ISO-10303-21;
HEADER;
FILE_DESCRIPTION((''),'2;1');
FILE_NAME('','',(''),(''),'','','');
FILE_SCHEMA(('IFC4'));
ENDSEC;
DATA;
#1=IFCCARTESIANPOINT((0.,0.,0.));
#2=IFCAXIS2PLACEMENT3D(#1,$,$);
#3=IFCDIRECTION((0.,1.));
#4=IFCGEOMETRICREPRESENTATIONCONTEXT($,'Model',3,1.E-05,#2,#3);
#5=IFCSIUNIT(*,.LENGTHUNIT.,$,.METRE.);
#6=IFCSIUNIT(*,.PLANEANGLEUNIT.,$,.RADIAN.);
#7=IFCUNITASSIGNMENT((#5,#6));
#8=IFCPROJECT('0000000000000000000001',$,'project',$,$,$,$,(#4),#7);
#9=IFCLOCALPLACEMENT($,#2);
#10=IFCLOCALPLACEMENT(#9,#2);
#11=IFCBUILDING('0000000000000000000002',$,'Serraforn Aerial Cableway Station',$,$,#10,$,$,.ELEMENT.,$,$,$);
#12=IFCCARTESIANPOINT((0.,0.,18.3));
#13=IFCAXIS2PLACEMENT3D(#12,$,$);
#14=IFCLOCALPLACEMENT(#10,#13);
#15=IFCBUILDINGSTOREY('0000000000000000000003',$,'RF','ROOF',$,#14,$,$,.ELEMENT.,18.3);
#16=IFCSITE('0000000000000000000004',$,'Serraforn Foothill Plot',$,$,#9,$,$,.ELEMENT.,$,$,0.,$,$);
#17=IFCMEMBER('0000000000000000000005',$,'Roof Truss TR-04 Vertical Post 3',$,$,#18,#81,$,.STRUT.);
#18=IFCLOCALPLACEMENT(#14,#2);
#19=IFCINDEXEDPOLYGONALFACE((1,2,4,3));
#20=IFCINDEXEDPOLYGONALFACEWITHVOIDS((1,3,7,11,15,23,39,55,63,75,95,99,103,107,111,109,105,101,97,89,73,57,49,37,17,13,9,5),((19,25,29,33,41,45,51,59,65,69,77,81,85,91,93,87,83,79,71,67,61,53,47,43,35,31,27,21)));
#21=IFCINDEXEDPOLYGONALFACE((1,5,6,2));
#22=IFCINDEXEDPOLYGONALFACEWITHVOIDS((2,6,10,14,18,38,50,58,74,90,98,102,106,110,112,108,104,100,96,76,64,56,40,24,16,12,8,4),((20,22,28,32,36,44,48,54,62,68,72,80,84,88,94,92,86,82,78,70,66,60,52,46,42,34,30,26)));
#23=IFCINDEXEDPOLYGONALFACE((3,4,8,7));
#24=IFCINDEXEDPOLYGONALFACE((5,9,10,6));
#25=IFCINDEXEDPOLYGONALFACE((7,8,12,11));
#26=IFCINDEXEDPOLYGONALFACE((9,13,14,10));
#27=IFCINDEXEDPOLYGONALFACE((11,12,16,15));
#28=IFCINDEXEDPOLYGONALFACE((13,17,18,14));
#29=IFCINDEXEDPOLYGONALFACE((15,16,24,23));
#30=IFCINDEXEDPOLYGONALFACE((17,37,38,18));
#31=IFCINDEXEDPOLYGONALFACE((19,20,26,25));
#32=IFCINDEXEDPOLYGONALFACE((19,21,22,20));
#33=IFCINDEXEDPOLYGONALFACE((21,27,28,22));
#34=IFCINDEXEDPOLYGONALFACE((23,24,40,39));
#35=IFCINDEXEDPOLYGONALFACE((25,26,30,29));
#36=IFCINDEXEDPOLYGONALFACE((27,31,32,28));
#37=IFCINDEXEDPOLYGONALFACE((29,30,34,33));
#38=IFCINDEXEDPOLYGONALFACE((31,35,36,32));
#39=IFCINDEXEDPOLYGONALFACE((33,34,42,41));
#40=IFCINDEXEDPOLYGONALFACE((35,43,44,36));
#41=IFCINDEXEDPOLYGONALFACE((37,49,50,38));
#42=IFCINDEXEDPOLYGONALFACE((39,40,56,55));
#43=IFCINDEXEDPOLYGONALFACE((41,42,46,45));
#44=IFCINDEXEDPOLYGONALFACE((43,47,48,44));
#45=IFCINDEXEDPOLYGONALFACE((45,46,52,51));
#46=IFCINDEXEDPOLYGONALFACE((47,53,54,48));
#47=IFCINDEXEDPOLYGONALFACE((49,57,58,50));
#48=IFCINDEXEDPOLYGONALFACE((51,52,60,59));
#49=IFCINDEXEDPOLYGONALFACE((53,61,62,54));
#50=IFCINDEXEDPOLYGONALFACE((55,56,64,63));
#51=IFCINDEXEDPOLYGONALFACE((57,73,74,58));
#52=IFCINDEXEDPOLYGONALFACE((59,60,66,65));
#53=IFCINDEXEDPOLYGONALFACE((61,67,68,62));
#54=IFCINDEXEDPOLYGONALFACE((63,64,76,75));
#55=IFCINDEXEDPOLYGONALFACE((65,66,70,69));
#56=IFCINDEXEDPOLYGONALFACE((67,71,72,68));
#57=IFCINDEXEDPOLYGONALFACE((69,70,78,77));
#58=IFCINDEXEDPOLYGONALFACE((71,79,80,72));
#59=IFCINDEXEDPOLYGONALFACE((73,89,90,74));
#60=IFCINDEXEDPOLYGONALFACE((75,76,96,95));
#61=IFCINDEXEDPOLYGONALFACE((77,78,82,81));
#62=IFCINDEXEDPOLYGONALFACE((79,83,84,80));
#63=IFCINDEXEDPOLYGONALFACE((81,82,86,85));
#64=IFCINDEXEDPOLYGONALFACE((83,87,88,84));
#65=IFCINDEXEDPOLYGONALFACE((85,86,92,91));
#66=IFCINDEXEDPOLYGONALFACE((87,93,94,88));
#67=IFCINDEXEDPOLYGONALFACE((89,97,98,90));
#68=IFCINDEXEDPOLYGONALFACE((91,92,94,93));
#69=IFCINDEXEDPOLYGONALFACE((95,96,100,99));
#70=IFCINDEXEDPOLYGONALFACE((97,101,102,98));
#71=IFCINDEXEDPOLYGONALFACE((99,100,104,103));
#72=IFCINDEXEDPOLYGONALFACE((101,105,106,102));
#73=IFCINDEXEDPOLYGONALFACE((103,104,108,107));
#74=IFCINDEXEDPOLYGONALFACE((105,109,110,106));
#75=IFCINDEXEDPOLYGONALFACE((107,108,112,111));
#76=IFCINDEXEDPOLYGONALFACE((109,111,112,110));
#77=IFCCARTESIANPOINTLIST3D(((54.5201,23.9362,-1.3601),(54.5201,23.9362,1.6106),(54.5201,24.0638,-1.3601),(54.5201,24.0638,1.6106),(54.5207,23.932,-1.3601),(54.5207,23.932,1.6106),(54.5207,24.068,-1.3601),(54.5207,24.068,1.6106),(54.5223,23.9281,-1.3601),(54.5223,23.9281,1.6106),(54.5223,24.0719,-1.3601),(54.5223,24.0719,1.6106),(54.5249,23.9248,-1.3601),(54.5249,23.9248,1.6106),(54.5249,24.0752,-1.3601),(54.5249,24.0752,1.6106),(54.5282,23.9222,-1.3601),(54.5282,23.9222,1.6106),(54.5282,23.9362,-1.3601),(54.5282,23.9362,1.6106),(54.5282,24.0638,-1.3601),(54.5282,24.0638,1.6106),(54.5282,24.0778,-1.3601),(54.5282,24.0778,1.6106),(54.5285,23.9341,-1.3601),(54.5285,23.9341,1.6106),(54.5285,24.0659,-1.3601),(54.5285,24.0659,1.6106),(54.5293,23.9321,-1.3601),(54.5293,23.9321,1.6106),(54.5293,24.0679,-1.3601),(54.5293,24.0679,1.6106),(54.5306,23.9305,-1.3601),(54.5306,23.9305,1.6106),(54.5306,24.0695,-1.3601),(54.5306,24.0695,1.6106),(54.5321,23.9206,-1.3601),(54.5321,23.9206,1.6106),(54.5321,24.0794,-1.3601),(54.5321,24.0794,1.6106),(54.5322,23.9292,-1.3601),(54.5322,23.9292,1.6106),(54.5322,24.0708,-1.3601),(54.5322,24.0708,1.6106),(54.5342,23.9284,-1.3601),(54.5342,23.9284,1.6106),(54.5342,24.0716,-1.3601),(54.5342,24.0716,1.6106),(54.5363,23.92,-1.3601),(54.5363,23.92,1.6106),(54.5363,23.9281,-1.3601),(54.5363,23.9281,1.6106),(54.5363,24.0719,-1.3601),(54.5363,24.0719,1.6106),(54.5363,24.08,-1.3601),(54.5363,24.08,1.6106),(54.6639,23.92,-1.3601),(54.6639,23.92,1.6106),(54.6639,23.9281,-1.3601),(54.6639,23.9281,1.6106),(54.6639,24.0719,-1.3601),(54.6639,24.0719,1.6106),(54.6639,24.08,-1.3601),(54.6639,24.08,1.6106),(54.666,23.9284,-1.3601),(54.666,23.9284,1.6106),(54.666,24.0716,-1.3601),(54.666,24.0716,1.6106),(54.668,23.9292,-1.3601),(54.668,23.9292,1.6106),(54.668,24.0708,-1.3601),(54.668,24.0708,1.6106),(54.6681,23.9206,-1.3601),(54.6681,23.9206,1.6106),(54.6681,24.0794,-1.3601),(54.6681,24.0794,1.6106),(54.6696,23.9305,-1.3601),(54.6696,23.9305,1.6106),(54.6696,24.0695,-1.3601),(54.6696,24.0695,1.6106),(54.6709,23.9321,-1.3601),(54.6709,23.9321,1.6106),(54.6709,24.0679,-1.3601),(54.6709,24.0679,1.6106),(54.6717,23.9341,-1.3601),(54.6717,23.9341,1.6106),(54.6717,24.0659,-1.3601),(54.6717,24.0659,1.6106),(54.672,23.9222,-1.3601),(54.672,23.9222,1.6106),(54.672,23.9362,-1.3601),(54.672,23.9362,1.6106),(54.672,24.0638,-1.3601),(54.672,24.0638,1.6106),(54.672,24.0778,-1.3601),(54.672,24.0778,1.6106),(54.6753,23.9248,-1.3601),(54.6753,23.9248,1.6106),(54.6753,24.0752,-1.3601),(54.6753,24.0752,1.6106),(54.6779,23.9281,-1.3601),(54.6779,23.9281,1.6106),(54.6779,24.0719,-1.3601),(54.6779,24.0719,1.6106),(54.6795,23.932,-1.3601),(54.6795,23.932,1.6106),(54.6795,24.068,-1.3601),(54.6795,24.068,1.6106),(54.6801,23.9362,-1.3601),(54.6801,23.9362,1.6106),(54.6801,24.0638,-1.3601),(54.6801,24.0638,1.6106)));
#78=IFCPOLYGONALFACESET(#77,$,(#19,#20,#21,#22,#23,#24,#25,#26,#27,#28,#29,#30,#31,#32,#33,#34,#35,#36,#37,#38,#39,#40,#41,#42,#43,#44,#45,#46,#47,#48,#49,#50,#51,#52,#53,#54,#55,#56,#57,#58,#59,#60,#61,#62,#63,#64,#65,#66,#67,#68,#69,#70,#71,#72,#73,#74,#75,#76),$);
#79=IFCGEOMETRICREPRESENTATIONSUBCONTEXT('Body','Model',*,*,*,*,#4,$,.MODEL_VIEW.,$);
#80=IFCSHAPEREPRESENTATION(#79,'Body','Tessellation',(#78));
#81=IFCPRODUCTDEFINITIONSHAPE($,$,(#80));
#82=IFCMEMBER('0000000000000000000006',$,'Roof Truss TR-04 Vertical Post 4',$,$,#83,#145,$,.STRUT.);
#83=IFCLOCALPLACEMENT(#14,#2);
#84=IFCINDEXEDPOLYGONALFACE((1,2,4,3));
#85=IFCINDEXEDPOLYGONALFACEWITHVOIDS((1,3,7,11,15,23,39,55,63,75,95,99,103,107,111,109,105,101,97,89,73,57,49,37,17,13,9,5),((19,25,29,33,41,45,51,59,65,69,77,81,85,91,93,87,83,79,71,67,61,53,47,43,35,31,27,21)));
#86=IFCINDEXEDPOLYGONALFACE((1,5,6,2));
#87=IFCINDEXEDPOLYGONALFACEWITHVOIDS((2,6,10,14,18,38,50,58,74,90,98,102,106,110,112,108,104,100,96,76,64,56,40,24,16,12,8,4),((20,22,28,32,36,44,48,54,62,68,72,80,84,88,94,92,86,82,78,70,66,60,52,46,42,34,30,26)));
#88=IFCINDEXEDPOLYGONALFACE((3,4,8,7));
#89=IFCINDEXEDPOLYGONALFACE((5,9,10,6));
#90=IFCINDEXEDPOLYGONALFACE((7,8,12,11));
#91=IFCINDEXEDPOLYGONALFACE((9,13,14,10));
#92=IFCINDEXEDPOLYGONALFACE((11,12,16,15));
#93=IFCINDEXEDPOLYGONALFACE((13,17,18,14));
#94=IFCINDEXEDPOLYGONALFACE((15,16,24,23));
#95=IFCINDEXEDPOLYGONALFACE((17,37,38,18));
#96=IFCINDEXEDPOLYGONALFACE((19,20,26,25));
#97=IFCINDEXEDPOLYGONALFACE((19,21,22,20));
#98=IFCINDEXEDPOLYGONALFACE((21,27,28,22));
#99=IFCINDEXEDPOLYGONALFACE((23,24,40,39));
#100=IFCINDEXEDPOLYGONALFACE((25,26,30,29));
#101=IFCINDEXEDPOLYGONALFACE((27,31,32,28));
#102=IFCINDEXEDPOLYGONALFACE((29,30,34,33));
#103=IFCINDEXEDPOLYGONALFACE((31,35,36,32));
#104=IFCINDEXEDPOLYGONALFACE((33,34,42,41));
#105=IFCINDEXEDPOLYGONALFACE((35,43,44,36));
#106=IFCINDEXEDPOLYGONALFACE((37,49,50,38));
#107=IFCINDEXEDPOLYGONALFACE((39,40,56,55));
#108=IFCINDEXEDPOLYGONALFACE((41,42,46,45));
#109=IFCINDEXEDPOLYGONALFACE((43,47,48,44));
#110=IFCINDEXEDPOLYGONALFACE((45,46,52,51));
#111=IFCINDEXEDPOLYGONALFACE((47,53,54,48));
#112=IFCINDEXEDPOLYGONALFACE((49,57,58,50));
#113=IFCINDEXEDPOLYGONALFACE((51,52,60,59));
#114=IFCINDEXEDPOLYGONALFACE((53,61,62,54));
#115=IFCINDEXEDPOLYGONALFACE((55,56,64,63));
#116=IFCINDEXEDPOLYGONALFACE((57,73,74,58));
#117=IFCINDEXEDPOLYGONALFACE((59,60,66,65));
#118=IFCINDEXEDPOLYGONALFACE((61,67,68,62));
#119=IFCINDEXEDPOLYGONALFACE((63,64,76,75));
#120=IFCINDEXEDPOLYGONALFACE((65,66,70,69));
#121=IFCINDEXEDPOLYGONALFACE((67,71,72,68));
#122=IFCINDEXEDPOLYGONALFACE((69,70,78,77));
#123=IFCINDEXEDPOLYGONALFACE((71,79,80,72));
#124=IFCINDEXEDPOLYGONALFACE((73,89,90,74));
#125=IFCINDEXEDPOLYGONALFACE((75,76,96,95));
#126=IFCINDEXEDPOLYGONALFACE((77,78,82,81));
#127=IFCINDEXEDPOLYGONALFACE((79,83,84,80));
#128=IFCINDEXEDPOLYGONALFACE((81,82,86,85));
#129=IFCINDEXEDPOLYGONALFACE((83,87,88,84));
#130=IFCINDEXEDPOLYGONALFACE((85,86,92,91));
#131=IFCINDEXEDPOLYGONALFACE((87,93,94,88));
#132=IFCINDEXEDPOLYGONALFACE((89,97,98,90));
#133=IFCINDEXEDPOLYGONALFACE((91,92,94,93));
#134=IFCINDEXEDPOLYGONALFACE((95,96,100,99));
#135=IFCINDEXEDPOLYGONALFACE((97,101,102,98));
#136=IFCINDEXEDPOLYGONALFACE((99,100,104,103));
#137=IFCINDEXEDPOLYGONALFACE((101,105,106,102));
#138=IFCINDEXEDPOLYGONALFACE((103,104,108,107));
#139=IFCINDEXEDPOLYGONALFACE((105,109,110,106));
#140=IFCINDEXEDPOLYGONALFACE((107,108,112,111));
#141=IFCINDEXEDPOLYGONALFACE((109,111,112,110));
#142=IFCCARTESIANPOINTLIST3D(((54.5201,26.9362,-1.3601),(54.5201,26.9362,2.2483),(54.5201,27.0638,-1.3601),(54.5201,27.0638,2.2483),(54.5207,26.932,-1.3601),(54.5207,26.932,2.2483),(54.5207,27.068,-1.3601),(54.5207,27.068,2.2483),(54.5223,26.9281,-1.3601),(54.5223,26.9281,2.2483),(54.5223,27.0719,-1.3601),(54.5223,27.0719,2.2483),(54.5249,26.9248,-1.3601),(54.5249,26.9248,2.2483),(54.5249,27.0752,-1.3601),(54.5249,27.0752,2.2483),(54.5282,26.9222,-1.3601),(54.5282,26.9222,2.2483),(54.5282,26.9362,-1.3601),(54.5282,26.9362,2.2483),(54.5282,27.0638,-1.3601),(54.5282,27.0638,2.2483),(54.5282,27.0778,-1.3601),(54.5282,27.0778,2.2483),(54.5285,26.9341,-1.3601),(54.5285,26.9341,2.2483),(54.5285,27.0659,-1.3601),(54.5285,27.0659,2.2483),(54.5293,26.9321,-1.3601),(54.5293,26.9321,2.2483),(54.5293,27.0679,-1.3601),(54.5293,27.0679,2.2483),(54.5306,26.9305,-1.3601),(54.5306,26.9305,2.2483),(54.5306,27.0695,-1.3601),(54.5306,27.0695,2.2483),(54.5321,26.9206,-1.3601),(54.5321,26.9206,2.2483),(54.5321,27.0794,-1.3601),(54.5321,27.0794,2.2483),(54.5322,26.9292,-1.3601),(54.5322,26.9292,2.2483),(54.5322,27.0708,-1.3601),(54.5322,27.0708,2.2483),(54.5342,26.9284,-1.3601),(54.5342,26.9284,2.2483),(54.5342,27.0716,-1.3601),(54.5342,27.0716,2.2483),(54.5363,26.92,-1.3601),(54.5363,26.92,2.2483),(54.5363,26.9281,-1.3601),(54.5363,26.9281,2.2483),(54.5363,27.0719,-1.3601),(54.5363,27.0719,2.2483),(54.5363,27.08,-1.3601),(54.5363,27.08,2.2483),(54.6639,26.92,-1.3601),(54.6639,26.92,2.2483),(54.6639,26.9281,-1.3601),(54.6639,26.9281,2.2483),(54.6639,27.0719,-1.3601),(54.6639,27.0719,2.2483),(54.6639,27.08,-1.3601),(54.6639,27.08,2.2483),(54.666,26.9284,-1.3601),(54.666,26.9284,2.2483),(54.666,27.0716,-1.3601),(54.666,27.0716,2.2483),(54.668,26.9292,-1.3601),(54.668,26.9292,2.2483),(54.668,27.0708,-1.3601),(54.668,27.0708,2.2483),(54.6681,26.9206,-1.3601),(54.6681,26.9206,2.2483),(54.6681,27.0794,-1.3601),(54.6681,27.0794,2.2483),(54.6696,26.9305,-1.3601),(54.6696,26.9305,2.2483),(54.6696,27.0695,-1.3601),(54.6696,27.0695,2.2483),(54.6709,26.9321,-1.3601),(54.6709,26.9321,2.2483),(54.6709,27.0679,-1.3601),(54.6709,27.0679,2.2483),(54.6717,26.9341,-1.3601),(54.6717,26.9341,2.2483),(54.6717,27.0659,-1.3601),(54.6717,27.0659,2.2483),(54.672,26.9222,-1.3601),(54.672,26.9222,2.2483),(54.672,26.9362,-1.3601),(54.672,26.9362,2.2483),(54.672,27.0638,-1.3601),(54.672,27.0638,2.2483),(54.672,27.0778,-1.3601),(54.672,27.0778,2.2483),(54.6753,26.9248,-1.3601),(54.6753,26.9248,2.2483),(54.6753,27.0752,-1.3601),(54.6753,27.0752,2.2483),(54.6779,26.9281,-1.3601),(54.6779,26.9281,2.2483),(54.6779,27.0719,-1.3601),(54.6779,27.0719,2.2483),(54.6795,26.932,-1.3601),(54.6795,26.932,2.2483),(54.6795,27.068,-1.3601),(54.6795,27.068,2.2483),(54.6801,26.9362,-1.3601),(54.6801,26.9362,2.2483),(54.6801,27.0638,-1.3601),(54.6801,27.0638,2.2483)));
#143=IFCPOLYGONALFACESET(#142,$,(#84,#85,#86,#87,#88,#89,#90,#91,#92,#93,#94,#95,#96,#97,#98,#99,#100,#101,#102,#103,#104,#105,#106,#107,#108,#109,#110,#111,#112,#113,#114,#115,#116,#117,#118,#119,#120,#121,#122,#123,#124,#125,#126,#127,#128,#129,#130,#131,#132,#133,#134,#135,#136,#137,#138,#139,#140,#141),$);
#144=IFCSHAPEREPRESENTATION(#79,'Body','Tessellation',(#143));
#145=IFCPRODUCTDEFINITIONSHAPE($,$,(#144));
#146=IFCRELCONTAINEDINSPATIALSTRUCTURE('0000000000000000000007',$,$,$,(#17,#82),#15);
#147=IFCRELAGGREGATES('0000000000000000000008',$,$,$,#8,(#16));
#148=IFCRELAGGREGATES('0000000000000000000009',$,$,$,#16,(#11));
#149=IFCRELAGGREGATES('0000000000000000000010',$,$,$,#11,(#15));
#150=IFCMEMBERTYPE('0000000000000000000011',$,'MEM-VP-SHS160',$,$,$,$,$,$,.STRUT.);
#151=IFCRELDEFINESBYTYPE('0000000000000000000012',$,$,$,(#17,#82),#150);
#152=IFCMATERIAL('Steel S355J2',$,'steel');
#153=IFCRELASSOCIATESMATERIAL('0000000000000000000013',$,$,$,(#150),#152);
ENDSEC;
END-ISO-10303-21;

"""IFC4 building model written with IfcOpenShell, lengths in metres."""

from ifc_helpers import new_model, si_unit, direction, frame, origin, origin_2d, place, context, subcontext, project, spatial, hollow_rectangle, extrude, material, material_profile, profile_set, type_object, element, save


model = new_model("IFC4")

# Units and contexts
model_context = context("Model", 3, precision=1e-05, world=origin(), true_north=direction((0.0, 1.0)))
body_context = subcontext(model_context, "Body", "Model", "MODEL_VIEW")
ifc_project = project(units=[si_unit("LENGTHUNIT", "METRE"), si_unit("PLANEANGLEUNIT", "RADIAN")], contexts=[model_context])

# Site, building, storey
site_placement = place(None, origin())
site = spatial("IfcSite", under=ifc_project, at=site_placement, Name="Serraforn Foothill Plot", CompositionType="ELEMENT", RefElevation=0.0)
building_placement = place(site_placement, origin())
building = spatial("IfcBuilding", under=site, at=building_placement, Name="Serraforn Aerial Cableway Station", CompositionType="ELEMENT")
storey_placement = place(building_placement, frame((0.0, 0.0, 18.3)))
storey = spatial("IfcBuildingStorey", under=building, at=storey_placement, Name="RF", Description="ROOF", CompositionType="ELEMENT", Elevation=18.3)

# Members
ifc_material_1 = material(Name="Steel S355J2", Category="steel")
ifc_material_profile_1 = material_profile(ifc_material_1, hollow_rectangle(XDim=0.1599, YDim=0.1599, WallThickness=0.0081, InnerFilletRadius=0.0081, OuterFilletRadius=0.0161, at=origin_2d()), Name="SHS 160x160x8.0")
ifc_profile_set_1 = profile_set([ifc_material_profile_1], Name="Steel S355J2")
member_type_1 = type_object("IfcMemberType", Name="MEM-VP-SHS160", PredefinedType="STRUT", material=ifc_profile_set_1)
member_1_placement = place(storey_placement, frame((54.6001, 24.0, -1.3601), z_axis=(0.0, 0.0, 1.0), x_axis=(1.0, 0.0, 0.0)))
element("IfcMember", 1, at=member_1_placement, inside=storey, type_object=member_type_1, Name="Roof Truss TR-04 Vertical Post 3", PredefinedType="STRUT", context=body_context, shape_type="SweptSolid", body=[
    extrude(hollow_rectangle(XDim=0.1599, YDim=0.1599, WallThickness=0.0081, InnerFilletRadius=0.0081, OuterFilletRadius=0.0161, at=origin_2d()), origin(), (0.0, 0.0, 1.0), 2.9707),
])
member_2_placement = place(storey_placement, frame((54.6001, 27.0, -1.3601), z_axis=(0.0, 0.0, 1.0), x_axis=(1.0, 0.0, 0.0)))
element("IfcMember", 2, at=member_2_placement, inside=storey, type_object=member_type_1, Name="Roof Truss TR-04 Vertical Post 4", PredefinedType="STRUT", context=body_context, shape_type="SweptSolid", body=[
    extrude(hollow_rectangle(XDim=0.1599, YDim=0.1599, WallThickness=0.0081, InnerFilletRadius=0.0081, OuterFilletRadius=0.0161, at=origin_2d()), origin(), (0.0, 0.0, 1.0), 3.6084),
])

save(model, "model.ifc")
